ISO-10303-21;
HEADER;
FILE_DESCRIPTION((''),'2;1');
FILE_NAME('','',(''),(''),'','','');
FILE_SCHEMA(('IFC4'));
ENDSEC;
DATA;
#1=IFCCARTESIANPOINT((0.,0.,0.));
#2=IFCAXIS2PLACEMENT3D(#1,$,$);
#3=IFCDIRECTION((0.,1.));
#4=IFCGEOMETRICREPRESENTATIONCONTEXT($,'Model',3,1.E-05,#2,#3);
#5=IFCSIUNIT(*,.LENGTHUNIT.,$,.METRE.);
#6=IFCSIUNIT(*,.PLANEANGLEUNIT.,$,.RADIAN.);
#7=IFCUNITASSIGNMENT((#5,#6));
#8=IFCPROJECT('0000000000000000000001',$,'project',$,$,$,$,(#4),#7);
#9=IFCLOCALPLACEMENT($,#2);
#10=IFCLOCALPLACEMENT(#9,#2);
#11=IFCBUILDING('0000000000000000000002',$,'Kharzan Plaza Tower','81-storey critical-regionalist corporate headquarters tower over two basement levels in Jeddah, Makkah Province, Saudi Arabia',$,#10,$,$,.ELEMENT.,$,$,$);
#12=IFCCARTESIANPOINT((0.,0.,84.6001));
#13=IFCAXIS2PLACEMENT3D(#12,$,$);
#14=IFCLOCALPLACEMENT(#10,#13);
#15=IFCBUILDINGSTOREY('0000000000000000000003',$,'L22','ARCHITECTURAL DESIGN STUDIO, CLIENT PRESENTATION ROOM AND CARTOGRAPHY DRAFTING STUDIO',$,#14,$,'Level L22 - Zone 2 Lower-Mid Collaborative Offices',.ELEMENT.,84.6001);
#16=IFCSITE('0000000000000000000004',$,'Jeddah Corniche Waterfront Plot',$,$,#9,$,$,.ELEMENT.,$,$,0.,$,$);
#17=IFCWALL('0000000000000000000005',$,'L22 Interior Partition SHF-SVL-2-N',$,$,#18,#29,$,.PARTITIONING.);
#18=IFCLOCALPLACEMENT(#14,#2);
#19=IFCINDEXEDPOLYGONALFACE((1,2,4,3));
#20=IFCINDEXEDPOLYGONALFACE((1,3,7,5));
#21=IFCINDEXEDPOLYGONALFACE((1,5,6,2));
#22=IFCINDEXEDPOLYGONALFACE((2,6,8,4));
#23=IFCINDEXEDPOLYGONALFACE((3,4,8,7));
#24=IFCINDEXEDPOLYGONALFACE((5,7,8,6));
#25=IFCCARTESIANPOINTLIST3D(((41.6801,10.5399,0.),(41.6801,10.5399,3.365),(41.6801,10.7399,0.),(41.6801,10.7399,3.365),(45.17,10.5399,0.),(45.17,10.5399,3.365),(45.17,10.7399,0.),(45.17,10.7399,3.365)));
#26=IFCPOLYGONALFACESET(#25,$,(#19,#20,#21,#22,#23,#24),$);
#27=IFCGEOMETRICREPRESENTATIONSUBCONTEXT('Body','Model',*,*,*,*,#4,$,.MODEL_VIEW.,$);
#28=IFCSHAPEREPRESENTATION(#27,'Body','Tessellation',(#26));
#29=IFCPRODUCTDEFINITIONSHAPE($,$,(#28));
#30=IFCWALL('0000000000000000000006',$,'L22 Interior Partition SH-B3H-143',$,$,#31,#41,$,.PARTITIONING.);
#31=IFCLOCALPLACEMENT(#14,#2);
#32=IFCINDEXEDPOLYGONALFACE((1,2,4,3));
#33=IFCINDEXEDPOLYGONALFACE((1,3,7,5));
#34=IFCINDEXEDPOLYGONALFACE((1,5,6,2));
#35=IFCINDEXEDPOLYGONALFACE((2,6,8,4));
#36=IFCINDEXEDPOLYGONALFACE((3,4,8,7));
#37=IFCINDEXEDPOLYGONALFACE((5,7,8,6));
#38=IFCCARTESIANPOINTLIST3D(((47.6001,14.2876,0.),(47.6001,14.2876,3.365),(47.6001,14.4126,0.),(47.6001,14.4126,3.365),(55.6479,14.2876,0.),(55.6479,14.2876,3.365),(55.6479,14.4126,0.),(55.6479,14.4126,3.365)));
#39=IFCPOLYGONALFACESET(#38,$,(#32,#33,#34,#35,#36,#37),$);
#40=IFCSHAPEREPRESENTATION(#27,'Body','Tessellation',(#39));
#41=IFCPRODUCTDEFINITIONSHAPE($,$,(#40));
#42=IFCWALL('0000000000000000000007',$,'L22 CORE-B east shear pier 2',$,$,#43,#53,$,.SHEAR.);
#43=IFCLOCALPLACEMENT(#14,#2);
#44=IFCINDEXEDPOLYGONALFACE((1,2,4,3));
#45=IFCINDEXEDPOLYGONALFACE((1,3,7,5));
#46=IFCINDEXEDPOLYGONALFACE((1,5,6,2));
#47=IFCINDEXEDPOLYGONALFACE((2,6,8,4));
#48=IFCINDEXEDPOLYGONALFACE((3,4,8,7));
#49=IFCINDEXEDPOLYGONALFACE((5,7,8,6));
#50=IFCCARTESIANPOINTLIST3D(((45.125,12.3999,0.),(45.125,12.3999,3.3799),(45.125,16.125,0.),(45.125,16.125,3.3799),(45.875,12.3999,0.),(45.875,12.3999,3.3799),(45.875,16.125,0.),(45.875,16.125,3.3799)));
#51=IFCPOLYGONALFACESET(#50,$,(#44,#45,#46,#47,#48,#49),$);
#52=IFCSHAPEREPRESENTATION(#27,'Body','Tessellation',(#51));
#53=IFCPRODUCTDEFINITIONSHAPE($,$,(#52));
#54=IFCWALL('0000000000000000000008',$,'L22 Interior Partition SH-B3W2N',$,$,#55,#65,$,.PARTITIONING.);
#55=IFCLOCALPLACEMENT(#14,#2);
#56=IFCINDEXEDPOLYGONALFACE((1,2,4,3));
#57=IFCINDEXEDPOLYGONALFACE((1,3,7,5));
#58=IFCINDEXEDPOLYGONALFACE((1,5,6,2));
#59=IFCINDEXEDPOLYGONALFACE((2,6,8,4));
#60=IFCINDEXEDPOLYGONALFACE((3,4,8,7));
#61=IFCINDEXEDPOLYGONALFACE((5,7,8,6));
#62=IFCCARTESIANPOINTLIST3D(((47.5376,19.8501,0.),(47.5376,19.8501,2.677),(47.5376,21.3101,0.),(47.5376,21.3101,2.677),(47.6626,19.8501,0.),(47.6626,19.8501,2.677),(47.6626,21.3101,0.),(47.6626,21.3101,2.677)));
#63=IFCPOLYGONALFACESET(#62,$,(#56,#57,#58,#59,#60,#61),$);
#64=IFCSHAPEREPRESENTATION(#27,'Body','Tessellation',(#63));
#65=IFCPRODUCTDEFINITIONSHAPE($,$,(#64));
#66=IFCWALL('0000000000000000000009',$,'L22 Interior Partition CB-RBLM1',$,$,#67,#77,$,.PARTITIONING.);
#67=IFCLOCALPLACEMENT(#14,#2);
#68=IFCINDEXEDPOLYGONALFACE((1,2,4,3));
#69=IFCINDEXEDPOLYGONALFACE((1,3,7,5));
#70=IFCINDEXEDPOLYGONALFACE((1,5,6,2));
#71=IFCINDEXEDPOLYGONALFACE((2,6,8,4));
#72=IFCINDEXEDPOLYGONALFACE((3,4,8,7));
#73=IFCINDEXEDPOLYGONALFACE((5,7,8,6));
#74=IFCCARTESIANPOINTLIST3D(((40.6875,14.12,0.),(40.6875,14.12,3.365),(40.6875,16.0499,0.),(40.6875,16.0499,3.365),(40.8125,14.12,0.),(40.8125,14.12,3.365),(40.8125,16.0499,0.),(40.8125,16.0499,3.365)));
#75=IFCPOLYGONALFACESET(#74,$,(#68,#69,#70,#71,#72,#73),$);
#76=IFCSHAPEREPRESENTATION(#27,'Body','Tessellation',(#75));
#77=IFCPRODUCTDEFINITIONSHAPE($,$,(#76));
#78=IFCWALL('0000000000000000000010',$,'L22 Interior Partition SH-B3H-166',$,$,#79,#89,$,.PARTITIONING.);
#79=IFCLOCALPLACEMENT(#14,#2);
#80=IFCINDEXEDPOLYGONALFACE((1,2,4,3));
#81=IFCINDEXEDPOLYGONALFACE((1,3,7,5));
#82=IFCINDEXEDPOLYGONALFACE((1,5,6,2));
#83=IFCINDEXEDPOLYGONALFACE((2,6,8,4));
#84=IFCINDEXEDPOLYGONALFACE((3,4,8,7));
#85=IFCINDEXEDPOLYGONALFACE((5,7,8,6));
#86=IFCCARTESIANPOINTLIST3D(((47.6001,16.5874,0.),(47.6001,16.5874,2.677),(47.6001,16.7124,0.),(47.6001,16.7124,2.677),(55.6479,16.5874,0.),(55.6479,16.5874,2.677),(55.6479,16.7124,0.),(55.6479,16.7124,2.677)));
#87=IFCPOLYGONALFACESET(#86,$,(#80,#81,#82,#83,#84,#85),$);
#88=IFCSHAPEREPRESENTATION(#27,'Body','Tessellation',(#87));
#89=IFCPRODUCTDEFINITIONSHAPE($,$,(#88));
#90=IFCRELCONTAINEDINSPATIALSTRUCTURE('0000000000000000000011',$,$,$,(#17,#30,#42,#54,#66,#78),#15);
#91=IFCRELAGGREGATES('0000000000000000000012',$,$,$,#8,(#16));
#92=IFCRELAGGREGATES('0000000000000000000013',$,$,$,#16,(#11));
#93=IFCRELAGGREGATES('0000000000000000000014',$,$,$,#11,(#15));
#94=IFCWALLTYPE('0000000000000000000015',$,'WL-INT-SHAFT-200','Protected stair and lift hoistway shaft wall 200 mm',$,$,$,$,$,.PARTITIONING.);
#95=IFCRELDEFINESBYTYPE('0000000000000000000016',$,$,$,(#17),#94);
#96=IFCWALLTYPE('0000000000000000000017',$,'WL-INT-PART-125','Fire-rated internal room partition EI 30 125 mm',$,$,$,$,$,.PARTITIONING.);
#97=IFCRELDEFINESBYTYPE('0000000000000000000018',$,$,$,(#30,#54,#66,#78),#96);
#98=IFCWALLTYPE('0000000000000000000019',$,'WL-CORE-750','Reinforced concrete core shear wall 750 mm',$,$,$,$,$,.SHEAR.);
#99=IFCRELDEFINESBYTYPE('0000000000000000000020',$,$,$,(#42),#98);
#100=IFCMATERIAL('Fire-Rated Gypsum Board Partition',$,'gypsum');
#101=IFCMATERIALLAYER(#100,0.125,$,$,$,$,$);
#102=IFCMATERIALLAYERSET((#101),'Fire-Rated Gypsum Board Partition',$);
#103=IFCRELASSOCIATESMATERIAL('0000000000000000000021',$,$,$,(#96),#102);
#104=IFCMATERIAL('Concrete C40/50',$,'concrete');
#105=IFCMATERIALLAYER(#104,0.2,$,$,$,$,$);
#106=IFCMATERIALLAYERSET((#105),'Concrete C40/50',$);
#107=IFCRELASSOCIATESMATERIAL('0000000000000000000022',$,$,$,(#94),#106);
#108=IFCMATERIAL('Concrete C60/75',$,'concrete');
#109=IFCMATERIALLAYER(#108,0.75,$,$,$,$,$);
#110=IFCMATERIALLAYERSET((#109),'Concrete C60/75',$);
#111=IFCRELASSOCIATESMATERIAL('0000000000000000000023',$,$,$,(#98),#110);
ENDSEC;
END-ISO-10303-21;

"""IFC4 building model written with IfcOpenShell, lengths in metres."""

from ifc_helpers import new_model, si_unit, direction, frame, frame_2d, origin, place, context, subcontext, project, spatial, rectangle, extrude, source, transform, mapped, material, layer, layer_set, type_object, element, save


model = new_model("IFC4")

# Units and contexts
model_context = context("Model", 3, precision=1e-05, world=origin(), true_north=direction((0.0, 1.0)))
body_context = subcontext(model_context, "Body", "Model", "MODEL_VIEW")
ifc_project = project(units=[si_unit("LENGTHUNIT", "METRE"), si_unit("PLANEANGLEUNIT", "RADIAN")], contexts=[model_context])

# Site, building, storey
site_placement = place(None, origin())
site = spatial("IfcSite", under=ifc_project, at=site_placement, Name="Jeddah Corniche Waterfront Plot", CompositionType="ELEMENT", RefElevation=0.0)
building_placement = place(site_placement, origin())
building = spatial("IfcBuilding", under=site, at=building_placement, Name="Kharzan Plaza Tower", Description="81-storey critical-regionalist corporate headquarters tower over two basement levels in Jeddah, Makkah Province, Saudi Arabia", CompositionType="ELEMENT")
storey_placement = place(building_placement, frame((0.0, 0.0, 84.6001)))
storey = spatial("IfcBuildingStorey", under=building, at=storey_placement, Name="L22", Description="ARCHITECTURAL DESIGN STUDIO, CLIENT PRESENTATION ROOM AND CARTOGRAPHY DRAFTING STUDIO", LongName="Level L22 - Zone 2 Lower-Mid Collaborative Offices", CompositionType="ELEMENT", Elevation=84.6001)

# Shared definitions
ifc_material_1 = material(Name="Concrete C60/75", Category="concrete")

# Shared definitions
ifc_material_2 = material(Name="Concrete C40/50", Category="concrete")

# Shared definitions
ifc_material_3 = material(Name="Fire-Rated Gypsum Board Partition", Category="gypsum")
ifc_layer_1 = layer(ifc_material_3, 0.125)
ifc_layer_set_1 = layer_set([ifc_layer_1], Name="Fire-Rated Gypsum Board Partition")
wall_type_1 = type_object("IfcWallType", Name="WL-INT-PART-125", Description="Fire-rated internal room partition EI 30 125 mm", PredefinedType="PARTITIONING", material=ifc_layer_set_1)

# Walls
ifc_layer_2 = layer(ifc_material_2, 0.2)
ifc_layer_set_2 = layer_set([ifc_layer_2], Name="Concrete C40/50")
wall_type_2 = type_object("IfcWallType", Name="WL-INT-SHAFT-200", Description="Protected stair and lift hoistway shaft wall 200 mm", PredefinedType="PARTITIONING", material=ifc_layer_set_2)
shared_shape_1 = source(origin(), body_context, "Body", "SweptSolid", [
    extrude(rectangle(XDim=3.49, YDim=0.2, at=frame_2d((1.7451, 0.0))), origin(), (0.0, 0.0, 1.0), 3.365),
])
wall_1_placement = place(storey_placement, frame((41.6799, 10.6399, 0.0), z_axis=(0.0, 0.0, 1.0), x_axis=(1.0, 0.0, 0.0)))
element("IfcWall", 1, at=wall_1_placement, inside=storey, type_object=wall_type_2, Name="L22 Interior Partition SHF-SVL-2-N", PredefinedType="PARTITIONING", context=body_context, shape_type="MappedRepresentation", body=[
    mapped(shared_shape_1, transform((0.0, 0.0, 0.0), x_axis=(1.0, 0.0, 0.0), y_axis=(0.0, 1.0, 0.0), z_axis=(0.0, 0.0, 1.0))),
])
shared_shape_2 = source(origin(), body_context, "Body", "SweptSolid", [
    extrude(rectangle(XDim=8.0479, YDim=0.125, at=frame_2d((4.0239, 0.0))), origin(), (0.0, 0.0, 1.0), 3.365),
])
wall_2_placement = place(storey_placement, frame((47.6001, 14.3501, 0.0), z_axis=(0.0, 0.0, 1.0), x_axis=(1.0, 0.0, 0.0)))
element("IfcWall", 2, at=wall_2_placement, inside=storey, type_object=wall_type_1, Name="L22 Interior Partition SH-B3H-143", PredefinedType="PARTITIONING", context=body_context, shape_type="MappedRepresentation", body=[
    mapped(shared_shape_2, transform((0.0, 0.0, 0.0), x_axis=(1.0, 0.0, 0.0), y_axis=(0.0, 1.0, 0.0), z_axis=(0.0, 0.0, 1.0))),
])
ifc_layer_3 = layer(ifc_material_1, 0.75)
ifc_layer_set_3 = layer_set([ifc_layer_3], Name="Concrete C60/75")
wall_type_3 = type_object("IfcWallType", Name="WL-CORE-750", Description="Reinforced concrete core shear wall 750 mm", PredefinedType="SHEAR", material=ifc_layer_set_3)
shared_shape_3 = source(origin(), body_context, "Body", "SweptSolid", [
    extrude(rectangle(XDim=3.7251, YDim=0.75, at=frame_2d((1.8625, 0.0))), origin(), (0.0, 0.0, 1.0), 3.3799),
])
wall_3_placement = place(storey_placement, frame((45.5, 12.3999, 0.0), z_axis=(0.0, 0.0, 1.0), x_axis=(0.0, 1.0, 0.0)))
element("IfcWall", 3, at=wall_3_placement, inside=storey, type_object=wall_type_3, Name="L22 CORE-B east shear pier 2", PredefinedType="SHEAR", context=body_context, shape_type="MappedRepresentation", body=[
    mapped(shared_shape_3, transform((0.0, 0.0, 0.0), x_axis=(1.0, 0.0, 0.0), y_axis=(0.0, 1.0, 0.0), z_axis=(0.0, 0.0, 1.0))),
])
shared_shape_4 = source(origin(), body_context, "Body", "SweptSolid", [
    extrude(rectangle(XDim=1.46, YDim=0.125, at=frame_2d((0.73, 0.0))), origin(), (0.0, 0.0, 1.0), 2.677),
])
wall_4_placement = place(storey_placement, frame((47.6001, 19.8501, 0.0), z_axis=(0.0, 0.0, 1.0), x_axis=(0.0, 1.0, 0.0)))
element("IfcWall", 4, at=wall_4_placement, inside=storey, type_object=wall_type_1, Name="L22 Interior Partition SH-B3W2N", PredefinedType="PARTITIONING", context=body_context, shape_type="MappedRepresentation", body=[
    mapped(shared_shape_4, transform((0.0, 0.0, 0.0), x_axis=(1.0, 0.0, 0.0), y_axis=(0.0, 1.0, 0.0), z_axis=(0.0, 0.0, 1.0))),
])
shared_shape_5 = source(origin(), body_context, "Body", "SweptSolid", [
    extrude(rectangle(XDim=1.9299, YDim=0.125, at=frame_2d((0.9648, 0.0))), origin(), (0.0, 0.0, 1.0), 3.365),
])
wall_5_placement = place(storey_placement, frame((40.75, 14.1201, 0.0), z_axis=(0.0, 0.0, 1.0), x_axis=(0.0, 1.0, 0.0)))
element("IfcWall", 5, at=wall_5_placement, inside=storey, type_object=wall_type_1, Name="L22 Interior Partition CB-RBLM1", PredefinedType="PARTITIONING", context=body_context, shape_type="MappedRepresentation", body=[
    mapped(shared_shape_5, transform((0.0, 0.0, 0.0), x_axis=(1.0, 0.0, 0.0), y_axis=(0.0, 1.0, 0.0), z_axis=(0.0, 0.0, 1.0))),
])
shared_shape_6 = source(origin(), body_context, "Body", "SweptSolid", [
    extrude(rectangle(XDim=8.0479, YDim=0.125, at=frame_2d((4.0239, 0.0))), origin(), (0.0, 0.0, 1.0), 2.677),
])
wall_6_placement = place(storey_placement, frame((47.6001, 16.6499, 0.0), z_axis=(0.0, 0.0, 1.0), x_axis=(1.0, 0.0, 0.0)))
element("IfcWall", 6, at=wall_6_placement, inside=storey, type_object=wall_type_1, Name="L22 Interior Partition SH-B3H-166", PredefinedType="PARTITIONING", context=body_context, shape_type="MappedRepresentation", body=[
    mapped(shared_shape_6, transform((0.0, 0.0, 0.0), x_axis=(1.0, 0.0, 0.0), y_axis=(0.0, 1.0, 0.0), z_axis=(0.0, 0.0, 1.0))),
])

save(model, "model.ifc")
